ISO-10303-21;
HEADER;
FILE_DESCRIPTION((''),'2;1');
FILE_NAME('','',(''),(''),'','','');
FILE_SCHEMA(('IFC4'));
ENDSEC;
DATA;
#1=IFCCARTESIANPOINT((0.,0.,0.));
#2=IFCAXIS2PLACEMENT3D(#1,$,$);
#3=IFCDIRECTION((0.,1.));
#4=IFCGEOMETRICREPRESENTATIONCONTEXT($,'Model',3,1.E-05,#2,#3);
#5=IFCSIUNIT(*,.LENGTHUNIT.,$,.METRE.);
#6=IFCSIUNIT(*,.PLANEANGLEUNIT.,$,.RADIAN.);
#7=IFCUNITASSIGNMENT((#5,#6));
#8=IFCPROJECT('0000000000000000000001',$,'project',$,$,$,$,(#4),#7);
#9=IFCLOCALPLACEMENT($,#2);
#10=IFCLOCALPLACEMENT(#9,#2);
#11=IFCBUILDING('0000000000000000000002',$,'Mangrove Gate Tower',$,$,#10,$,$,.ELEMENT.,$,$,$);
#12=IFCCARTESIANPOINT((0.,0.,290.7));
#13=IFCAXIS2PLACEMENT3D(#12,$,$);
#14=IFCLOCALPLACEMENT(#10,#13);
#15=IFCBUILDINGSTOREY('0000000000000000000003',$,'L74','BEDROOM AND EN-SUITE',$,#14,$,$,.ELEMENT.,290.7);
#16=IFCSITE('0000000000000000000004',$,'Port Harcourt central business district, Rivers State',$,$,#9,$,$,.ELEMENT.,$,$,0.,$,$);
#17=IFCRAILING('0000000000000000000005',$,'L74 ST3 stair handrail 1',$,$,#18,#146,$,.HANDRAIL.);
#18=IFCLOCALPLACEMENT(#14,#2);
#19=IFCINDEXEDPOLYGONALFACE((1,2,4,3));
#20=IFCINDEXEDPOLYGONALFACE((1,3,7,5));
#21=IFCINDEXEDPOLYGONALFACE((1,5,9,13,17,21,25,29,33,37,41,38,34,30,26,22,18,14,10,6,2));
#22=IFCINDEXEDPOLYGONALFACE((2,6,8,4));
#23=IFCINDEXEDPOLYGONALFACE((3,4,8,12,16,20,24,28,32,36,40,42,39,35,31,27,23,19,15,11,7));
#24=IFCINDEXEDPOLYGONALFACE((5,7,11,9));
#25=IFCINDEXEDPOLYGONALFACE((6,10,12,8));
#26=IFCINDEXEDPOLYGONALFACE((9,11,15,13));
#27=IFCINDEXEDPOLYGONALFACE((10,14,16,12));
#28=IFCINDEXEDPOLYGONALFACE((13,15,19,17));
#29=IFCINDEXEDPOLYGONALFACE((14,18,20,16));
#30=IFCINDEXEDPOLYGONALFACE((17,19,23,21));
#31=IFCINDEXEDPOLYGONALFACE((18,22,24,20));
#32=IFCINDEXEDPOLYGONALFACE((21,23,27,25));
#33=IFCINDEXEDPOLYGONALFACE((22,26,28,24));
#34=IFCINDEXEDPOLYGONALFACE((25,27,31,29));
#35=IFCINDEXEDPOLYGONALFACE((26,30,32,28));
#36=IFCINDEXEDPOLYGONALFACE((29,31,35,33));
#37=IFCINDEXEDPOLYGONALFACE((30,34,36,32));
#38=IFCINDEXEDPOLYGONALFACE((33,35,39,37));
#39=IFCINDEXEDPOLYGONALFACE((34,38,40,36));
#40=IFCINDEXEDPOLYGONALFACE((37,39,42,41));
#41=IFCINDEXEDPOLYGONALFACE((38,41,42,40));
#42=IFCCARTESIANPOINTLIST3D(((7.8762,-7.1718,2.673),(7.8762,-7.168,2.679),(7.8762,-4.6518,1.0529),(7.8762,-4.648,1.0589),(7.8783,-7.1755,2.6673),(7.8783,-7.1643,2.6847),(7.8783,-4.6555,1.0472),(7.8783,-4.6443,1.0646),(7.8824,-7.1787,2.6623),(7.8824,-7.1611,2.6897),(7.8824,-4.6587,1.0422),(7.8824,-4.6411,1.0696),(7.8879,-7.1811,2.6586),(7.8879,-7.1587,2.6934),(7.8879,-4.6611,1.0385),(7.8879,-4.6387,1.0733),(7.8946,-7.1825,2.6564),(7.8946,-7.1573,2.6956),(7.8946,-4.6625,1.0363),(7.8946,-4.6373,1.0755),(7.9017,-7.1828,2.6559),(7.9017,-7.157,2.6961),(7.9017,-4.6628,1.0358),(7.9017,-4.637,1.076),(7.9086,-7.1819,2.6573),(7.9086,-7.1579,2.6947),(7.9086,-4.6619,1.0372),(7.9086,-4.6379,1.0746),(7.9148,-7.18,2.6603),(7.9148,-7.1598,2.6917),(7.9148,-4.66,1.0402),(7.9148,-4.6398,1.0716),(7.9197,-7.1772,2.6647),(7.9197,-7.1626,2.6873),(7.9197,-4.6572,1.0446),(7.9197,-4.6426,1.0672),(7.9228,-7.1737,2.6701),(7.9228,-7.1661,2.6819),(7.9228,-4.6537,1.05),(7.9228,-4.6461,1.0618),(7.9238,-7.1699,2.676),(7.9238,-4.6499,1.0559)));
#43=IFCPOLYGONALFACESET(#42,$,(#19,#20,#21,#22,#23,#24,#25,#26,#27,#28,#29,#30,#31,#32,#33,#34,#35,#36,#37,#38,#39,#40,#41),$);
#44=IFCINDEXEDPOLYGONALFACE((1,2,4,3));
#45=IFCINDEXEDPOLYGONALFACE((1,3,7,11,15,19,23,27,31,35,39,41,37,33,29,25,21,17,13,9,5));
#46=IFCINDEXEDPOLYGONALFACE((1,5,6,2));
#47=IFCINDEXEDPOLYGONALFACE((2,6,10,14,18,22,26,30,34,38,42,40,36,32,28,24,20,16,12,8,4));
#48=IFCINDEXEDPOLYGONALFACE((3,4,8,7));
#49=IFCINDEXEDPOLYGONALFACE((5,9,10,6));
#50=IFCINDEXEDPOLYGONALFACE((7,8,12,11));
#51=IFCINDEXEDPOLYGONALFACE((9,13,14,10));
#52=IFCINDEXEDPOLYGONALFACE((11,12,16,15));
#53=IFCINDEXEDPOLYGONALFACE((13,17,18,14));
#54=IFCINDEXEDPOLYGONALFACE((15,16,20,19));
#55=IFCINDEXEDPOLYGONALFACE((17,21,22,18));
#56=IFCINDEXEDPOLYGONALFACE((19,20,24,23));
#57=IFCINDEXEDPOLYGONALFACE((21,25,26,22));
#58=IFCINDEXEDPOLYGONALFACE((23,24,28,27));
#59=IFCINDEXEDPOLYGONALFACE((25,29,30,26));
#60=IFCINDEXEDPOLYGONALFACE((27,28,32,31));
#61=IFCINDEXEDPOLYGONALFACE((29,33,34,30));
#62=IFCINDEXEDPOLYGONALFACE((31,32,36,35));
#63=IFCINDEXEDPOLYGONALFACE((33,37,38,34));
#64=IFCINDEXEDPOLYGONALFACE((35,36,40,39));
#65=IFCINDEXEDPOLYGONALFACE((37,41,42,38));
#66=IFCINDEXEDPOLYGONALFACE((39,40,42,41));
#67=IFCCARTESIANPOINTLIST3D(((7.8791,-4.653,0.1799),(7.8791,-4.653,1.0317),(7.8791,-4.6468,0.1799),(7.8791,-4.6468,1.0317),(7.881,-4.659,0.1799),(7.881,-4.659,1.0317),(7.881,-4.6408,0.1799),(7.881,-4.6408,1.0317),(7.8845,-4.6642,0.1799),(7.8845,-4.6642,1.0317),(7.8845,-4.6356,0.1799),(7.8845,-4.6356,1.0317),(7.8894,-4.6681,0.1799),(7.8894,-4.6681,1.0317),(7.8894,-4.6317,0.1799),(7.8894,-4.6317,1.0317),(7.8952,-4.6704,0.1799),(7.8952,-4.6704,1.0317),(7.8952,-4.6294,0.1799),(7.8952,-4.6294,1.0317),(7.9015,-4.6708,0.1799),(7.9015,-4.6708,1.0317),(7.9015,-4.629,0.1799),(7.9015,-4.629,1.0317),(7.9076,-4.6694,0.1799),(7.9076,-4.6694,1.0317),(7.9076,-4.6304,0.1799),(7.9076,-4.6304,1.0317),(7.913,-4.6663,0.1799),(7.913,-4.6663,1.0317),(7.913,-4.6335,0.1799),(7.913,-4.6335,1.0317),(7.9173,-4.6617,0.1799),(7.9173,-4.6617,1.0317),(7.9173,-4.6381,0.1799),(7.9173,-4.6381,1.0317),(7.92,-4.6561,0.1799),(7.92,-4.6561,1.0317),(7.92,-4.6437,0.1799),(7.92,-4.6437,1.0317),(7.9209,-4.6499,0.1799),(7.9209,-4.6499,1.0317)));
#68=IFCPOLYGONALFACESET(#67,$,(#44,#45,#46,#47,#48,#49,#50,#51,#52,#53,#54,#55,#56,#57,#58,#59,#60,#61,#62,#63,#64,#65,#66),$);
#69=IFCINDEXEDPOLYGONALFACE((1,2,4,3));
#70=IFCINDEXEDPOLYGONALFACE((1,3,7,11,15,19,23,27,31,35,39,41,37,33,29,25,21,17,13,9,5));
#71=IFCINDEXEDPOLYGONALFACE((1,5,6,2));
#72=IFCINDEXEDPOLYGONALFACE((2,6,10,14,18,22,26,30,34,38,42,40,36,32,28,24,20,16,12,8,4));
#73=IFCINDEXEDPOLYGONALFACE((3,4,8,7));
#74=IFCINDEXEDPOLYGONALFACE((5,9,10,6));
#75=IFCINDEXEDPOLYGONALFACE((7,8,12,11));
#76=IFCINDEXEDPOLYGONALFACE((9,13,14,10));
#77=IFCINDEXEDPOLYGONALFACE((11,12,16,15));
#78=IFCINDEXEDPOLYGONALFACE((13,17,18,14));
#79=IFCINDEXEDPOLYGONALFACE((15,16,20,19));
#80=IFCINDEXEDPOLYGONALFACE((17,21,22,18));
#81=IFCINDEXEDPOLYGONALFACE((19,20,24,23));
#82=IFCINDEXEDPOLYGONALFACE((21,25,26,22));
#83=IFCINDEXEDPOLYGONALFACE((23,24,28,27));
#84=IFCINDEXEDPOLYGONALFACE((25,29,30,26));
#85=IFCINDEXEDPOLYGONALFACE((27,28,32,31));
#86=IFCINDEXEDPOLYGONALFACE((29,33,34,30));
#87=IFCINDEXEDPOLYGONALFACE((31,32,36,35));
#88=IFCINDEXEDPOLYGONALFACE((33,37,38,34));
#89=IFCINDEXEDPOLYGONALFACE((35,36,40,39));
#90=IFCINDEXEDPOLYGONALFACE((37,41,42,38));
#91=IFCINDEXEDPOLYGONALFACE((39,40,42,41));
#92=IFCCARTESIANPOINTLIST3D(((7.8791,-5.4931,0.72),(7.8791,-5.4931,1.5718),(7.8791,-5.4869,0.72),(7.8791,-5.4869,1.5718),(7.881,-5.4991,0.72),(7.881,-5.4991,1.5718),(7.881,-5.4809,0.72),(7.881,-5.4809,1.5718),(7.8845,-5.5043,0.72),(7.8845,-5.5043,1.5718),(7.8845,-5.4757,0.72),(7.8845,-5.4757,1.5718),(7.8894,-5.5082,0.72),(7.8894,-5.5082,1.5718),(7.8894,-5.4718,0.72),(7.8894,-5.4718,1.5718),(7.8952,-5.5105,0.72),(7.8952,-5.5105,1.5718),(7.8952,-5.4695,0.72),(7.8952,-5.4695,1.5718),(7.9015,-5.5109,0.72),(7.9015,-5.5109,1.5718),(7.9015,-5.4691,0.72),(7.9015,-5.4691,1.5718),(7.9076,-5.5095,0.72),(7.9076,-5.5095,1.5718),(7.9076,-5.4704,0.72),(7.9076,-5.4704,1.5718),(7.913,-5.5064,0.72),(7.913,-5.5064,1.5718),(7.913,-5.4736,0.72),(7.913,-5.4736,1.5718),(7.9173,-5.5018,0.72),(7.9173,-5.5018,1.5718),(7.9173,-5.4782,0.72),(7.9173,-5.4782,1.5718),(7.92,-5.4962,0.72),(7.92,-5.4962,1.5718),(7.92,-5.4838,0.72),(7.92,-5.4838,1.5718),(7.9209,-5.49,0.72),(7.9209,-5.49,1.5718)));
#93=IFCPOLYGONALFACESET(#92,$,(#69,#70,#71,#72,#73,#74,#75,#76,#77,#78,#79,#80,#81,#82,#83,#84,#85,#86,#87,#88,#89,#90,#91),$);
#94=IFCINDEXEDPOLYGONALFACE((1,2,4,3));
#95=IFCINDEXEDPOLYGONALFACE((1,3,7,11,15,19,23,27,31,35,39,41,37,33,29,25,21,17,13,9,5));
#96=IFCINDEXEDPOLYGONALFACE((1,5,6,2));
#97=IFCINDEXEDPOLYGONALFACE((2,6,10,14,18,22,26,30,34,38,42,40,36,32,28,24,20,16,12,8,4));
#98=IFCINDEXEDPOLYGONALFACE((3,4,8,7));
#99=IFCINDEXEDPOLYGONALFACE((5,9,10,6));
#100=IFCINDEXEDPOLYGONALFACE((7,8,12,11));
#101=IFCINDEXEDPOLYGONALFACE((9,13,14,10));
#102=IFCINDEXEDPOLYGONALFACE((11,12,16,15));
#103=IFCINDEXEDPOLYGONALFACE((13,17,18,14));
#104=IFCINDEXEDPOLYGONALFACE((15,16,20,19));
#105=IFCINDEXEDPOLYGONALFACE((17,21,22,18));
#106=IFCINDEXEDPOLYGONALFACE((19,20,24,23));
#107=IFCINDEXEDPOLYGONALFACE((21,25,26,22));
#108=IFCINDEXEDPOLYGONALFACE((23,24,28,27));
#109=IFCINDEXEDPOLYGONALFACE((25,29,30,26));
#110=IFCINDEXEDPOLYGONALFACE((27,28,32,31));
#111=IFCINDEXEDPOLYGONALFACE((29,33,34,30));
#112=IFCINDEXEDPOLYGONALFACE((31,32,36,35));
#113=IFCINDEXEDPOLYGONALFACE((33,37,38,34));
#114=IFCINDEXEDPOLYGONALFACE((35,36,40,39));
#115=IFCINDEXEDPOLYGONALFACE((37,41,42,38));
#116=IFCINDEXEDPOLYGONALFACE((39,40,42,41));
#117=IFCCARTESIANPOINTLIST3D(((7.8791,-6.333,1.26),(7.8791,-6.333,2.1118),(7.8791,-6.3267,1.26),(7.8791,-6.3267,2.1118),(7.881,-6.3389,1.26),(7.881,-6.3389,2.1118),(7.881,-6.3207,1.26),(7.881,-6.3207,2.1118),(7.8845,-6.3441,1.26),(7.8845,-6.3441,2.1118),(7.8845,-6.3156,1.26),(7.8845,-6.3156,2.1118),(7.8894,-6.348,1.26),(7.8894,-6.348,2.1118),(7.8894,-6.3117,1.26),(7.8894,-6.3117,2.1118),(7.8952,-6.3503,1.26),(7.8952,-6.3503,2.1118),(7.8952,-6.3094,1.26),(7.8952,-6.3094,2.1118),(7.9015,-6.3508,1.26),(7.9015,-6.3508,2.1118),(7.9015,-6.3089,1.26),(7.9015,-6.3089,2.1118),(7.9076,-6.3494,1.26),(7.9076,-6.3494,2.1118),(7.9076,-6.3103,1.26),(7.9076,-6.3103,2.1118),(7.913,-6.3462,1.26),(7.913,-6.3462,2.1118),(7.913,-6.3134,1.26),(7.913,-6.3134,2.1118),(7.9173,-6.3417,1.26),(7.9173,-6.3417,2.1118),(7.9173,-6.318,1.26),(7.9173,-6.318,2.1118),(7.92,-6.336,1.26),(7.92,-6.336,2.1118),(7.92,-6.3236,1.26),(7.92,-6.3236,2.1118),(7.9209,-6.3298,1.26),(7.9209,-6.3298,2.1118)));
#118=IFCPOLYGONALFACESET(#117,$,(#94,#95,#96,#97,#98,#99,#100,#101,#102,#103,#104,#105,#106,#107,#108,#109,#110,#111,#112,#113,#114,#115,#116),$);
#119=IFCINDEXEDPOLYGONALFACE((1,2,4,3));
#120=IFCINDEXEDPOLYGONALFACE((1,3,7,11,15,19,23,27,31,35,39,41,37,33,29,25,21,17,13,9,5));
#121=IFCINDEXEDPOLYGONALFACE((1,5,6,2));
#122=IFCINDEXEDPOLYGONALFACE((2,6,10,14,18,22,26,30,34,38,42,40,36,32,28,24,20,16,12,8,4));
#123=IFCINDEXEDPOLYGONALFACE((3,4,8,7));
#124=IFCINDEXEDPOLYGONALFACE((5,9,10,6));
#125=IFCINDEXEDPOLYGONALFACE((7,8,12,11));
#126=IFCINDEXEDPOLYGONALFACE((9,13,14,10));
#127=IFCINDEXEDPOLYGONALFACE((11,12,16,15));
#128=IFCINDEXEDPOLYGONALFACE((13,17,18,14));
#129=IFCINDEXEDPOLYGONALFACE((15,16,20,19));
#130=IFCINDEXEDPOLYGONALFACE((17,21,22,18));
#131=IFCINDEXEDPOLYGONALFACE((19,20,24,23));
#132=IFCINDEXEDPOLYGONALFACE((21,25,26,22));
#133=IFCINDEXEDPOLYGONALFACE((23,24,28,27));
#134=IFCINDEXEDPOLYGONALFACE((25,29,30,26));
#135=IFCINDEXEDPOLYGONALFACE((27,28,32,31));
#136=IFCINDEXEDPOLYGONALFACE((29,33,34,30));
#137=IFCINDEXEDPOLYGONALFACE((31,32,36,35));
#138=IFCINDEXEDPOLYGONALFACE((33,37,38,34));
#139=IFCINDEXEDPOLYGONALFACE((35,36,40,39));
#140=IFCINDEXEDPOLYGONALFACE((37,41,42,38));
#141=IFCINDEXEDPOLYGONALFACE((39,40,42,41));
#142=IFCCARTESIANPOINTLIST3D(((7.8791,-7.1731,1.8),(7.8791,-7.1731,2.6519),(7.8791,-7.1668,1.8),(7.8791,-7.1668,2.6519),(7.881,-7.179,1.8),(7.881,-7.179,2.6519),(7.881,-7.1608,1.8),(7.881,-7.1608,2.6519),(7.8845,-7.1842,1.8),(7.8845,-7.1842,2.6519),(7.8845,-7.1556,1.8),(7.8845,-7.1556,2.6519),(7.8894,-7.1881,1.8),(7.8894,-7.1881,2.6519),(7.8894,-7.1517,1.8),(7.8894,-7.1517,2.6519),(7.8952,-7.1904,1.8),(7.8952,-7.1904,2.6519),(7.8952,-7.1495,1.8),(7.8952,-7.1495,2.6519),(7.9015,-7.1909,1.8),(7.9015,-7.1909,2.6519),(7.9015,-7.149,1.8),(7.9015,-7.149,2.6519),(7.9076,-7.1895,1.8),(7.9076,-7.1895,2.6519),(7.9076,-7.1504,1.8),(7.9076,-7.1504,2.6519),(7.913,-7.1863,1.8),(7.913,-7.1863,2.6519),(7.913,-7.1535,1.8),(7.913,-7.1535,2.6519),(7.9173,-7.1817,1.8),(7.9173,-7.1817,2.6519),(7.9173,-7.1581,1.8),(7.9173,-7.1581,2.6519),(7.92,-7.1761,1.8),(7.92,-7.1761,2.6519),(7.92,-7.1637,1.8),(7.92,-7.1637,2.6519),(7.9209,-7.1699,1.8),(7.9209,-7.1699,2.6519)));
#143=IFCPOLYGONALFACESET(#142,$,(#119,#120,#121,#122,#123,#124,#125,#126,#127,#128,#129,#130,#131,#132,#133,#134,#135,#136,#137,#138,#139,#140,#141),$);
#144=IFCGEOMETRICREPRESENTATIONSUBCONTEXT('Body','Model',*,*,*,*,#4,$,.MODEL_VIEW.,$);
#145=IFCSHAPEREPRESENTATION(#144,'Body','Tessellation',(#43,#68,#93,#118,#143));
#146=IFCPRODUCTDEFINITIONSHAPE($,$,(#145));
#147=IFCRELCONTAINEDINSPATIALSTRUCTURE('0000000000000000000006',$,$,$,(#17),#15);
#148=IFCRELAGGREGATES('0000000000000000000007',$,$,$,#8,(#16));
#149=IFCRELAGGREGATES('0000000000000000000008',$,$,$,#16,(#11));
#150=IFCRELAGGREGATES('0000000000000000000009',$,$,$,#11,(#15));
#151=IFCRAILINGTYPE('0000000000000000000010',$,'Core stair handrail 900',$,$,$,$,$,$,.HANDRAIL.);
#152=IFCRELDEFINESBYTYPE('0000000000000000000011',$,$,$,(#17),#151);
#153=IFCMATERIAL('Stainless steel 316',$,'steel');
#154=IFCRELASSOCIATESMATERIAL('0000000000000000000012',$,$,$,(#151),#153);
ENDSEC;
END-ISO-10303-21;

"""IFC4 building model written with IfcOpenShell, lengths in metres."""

from ifc_helpers import new_model, si_unit, direction, frame, origin, origin_2d, place, context, subcontext, project, spatial, circle, extrude, material, type_object, element, save


model = new_model("IFC4")

# Units and contexts
model_context = context("Model", 3, precision=1e-05, world=origin(), true_north=direction((0.0, 1.0)))
body_context = subcontext(model_context, "Body", "Model", "MODEL_VIEW")
ifc_project = project(units=[si_unit("LENGTHUNIT", "METRE"), si_unit("PLANEANGLEUNIT", "RADIAN")], contexts=[model_context])

# Site, building, storey
site_placement = place(None, origin())
site = spatial("IfcSite", under=ifc_project, at=site_placement, Name="Port Harcourt central business district, Rivers State", CompositionType="ELEMENT", RefElevation=0.0)
building_placement = place(site_placement, origin())
building = spatial("IfcBuilding", under=site, at=building_placement, Name="Mangrove Gate Tower", CompositionType="ELEMENT")
storey_placement = place(building_placement, frame((0.0, 0.0, 290.7)))
storey = spatial("IfcBuildingStorey", under=building, at=storey_placement, Name="L74", Description="BEDROOM AND EN-SUITE", CompositionType="ELEMENT", Elevation=290.7)

# Railing
ifc_material_1 = material(Name="Stainless steel 316", Category="steel")
railing_type_1 = type_object("IfcRailingType", Name="Core stair handrail 900", PredefinedType="HANDRAIL", material=ifc_material_1)
railing_1_placement = place(storey_placement, frame((7.8999, -4.6499, 0.1799)))
element("IfcRailing", 1, at=railing_1_placement, inside=storey, type_object=railing_type_1, Name="L74 ST3 stair handrail 1", PredefinedType="HANDRAIL", context=body_context, shape_type="SweptSolid", body=[
    extrude(circle(Radius=0.0239, at=origin_2d()), frame((0.0, 0.0, 0.876), z_axis=(0.0, -0.841163, 0.540782), x_axis=(1.0, 0.0, 0.0)), (0.0, 0.0, 1.0), 2.9958),
    extrude(circle(Radius=0.021, at=origin_2d()), origin(), (0.0, 0.0, 1.0), 0.8518),
    extrude(circle(Radius=0.021, at=origin_2d()), frame((0.0, -0.8401, 0.54)), (0.0, 0.0, 1.0), 0.8518),
    extrude(circle(Radius=0.021, at=origin_2d()), frame((0.0, -1.6799, 1.0801)), (0.0, 0.0, 1.0), 0.8518),
    extrude(circle(Radius=0.021, at=origin_2d()), frame((0.0, -2.52, 1.6201)), (0.0, 0.0, 1.0), 0.8518),
])

save(model, "model.ifc")
